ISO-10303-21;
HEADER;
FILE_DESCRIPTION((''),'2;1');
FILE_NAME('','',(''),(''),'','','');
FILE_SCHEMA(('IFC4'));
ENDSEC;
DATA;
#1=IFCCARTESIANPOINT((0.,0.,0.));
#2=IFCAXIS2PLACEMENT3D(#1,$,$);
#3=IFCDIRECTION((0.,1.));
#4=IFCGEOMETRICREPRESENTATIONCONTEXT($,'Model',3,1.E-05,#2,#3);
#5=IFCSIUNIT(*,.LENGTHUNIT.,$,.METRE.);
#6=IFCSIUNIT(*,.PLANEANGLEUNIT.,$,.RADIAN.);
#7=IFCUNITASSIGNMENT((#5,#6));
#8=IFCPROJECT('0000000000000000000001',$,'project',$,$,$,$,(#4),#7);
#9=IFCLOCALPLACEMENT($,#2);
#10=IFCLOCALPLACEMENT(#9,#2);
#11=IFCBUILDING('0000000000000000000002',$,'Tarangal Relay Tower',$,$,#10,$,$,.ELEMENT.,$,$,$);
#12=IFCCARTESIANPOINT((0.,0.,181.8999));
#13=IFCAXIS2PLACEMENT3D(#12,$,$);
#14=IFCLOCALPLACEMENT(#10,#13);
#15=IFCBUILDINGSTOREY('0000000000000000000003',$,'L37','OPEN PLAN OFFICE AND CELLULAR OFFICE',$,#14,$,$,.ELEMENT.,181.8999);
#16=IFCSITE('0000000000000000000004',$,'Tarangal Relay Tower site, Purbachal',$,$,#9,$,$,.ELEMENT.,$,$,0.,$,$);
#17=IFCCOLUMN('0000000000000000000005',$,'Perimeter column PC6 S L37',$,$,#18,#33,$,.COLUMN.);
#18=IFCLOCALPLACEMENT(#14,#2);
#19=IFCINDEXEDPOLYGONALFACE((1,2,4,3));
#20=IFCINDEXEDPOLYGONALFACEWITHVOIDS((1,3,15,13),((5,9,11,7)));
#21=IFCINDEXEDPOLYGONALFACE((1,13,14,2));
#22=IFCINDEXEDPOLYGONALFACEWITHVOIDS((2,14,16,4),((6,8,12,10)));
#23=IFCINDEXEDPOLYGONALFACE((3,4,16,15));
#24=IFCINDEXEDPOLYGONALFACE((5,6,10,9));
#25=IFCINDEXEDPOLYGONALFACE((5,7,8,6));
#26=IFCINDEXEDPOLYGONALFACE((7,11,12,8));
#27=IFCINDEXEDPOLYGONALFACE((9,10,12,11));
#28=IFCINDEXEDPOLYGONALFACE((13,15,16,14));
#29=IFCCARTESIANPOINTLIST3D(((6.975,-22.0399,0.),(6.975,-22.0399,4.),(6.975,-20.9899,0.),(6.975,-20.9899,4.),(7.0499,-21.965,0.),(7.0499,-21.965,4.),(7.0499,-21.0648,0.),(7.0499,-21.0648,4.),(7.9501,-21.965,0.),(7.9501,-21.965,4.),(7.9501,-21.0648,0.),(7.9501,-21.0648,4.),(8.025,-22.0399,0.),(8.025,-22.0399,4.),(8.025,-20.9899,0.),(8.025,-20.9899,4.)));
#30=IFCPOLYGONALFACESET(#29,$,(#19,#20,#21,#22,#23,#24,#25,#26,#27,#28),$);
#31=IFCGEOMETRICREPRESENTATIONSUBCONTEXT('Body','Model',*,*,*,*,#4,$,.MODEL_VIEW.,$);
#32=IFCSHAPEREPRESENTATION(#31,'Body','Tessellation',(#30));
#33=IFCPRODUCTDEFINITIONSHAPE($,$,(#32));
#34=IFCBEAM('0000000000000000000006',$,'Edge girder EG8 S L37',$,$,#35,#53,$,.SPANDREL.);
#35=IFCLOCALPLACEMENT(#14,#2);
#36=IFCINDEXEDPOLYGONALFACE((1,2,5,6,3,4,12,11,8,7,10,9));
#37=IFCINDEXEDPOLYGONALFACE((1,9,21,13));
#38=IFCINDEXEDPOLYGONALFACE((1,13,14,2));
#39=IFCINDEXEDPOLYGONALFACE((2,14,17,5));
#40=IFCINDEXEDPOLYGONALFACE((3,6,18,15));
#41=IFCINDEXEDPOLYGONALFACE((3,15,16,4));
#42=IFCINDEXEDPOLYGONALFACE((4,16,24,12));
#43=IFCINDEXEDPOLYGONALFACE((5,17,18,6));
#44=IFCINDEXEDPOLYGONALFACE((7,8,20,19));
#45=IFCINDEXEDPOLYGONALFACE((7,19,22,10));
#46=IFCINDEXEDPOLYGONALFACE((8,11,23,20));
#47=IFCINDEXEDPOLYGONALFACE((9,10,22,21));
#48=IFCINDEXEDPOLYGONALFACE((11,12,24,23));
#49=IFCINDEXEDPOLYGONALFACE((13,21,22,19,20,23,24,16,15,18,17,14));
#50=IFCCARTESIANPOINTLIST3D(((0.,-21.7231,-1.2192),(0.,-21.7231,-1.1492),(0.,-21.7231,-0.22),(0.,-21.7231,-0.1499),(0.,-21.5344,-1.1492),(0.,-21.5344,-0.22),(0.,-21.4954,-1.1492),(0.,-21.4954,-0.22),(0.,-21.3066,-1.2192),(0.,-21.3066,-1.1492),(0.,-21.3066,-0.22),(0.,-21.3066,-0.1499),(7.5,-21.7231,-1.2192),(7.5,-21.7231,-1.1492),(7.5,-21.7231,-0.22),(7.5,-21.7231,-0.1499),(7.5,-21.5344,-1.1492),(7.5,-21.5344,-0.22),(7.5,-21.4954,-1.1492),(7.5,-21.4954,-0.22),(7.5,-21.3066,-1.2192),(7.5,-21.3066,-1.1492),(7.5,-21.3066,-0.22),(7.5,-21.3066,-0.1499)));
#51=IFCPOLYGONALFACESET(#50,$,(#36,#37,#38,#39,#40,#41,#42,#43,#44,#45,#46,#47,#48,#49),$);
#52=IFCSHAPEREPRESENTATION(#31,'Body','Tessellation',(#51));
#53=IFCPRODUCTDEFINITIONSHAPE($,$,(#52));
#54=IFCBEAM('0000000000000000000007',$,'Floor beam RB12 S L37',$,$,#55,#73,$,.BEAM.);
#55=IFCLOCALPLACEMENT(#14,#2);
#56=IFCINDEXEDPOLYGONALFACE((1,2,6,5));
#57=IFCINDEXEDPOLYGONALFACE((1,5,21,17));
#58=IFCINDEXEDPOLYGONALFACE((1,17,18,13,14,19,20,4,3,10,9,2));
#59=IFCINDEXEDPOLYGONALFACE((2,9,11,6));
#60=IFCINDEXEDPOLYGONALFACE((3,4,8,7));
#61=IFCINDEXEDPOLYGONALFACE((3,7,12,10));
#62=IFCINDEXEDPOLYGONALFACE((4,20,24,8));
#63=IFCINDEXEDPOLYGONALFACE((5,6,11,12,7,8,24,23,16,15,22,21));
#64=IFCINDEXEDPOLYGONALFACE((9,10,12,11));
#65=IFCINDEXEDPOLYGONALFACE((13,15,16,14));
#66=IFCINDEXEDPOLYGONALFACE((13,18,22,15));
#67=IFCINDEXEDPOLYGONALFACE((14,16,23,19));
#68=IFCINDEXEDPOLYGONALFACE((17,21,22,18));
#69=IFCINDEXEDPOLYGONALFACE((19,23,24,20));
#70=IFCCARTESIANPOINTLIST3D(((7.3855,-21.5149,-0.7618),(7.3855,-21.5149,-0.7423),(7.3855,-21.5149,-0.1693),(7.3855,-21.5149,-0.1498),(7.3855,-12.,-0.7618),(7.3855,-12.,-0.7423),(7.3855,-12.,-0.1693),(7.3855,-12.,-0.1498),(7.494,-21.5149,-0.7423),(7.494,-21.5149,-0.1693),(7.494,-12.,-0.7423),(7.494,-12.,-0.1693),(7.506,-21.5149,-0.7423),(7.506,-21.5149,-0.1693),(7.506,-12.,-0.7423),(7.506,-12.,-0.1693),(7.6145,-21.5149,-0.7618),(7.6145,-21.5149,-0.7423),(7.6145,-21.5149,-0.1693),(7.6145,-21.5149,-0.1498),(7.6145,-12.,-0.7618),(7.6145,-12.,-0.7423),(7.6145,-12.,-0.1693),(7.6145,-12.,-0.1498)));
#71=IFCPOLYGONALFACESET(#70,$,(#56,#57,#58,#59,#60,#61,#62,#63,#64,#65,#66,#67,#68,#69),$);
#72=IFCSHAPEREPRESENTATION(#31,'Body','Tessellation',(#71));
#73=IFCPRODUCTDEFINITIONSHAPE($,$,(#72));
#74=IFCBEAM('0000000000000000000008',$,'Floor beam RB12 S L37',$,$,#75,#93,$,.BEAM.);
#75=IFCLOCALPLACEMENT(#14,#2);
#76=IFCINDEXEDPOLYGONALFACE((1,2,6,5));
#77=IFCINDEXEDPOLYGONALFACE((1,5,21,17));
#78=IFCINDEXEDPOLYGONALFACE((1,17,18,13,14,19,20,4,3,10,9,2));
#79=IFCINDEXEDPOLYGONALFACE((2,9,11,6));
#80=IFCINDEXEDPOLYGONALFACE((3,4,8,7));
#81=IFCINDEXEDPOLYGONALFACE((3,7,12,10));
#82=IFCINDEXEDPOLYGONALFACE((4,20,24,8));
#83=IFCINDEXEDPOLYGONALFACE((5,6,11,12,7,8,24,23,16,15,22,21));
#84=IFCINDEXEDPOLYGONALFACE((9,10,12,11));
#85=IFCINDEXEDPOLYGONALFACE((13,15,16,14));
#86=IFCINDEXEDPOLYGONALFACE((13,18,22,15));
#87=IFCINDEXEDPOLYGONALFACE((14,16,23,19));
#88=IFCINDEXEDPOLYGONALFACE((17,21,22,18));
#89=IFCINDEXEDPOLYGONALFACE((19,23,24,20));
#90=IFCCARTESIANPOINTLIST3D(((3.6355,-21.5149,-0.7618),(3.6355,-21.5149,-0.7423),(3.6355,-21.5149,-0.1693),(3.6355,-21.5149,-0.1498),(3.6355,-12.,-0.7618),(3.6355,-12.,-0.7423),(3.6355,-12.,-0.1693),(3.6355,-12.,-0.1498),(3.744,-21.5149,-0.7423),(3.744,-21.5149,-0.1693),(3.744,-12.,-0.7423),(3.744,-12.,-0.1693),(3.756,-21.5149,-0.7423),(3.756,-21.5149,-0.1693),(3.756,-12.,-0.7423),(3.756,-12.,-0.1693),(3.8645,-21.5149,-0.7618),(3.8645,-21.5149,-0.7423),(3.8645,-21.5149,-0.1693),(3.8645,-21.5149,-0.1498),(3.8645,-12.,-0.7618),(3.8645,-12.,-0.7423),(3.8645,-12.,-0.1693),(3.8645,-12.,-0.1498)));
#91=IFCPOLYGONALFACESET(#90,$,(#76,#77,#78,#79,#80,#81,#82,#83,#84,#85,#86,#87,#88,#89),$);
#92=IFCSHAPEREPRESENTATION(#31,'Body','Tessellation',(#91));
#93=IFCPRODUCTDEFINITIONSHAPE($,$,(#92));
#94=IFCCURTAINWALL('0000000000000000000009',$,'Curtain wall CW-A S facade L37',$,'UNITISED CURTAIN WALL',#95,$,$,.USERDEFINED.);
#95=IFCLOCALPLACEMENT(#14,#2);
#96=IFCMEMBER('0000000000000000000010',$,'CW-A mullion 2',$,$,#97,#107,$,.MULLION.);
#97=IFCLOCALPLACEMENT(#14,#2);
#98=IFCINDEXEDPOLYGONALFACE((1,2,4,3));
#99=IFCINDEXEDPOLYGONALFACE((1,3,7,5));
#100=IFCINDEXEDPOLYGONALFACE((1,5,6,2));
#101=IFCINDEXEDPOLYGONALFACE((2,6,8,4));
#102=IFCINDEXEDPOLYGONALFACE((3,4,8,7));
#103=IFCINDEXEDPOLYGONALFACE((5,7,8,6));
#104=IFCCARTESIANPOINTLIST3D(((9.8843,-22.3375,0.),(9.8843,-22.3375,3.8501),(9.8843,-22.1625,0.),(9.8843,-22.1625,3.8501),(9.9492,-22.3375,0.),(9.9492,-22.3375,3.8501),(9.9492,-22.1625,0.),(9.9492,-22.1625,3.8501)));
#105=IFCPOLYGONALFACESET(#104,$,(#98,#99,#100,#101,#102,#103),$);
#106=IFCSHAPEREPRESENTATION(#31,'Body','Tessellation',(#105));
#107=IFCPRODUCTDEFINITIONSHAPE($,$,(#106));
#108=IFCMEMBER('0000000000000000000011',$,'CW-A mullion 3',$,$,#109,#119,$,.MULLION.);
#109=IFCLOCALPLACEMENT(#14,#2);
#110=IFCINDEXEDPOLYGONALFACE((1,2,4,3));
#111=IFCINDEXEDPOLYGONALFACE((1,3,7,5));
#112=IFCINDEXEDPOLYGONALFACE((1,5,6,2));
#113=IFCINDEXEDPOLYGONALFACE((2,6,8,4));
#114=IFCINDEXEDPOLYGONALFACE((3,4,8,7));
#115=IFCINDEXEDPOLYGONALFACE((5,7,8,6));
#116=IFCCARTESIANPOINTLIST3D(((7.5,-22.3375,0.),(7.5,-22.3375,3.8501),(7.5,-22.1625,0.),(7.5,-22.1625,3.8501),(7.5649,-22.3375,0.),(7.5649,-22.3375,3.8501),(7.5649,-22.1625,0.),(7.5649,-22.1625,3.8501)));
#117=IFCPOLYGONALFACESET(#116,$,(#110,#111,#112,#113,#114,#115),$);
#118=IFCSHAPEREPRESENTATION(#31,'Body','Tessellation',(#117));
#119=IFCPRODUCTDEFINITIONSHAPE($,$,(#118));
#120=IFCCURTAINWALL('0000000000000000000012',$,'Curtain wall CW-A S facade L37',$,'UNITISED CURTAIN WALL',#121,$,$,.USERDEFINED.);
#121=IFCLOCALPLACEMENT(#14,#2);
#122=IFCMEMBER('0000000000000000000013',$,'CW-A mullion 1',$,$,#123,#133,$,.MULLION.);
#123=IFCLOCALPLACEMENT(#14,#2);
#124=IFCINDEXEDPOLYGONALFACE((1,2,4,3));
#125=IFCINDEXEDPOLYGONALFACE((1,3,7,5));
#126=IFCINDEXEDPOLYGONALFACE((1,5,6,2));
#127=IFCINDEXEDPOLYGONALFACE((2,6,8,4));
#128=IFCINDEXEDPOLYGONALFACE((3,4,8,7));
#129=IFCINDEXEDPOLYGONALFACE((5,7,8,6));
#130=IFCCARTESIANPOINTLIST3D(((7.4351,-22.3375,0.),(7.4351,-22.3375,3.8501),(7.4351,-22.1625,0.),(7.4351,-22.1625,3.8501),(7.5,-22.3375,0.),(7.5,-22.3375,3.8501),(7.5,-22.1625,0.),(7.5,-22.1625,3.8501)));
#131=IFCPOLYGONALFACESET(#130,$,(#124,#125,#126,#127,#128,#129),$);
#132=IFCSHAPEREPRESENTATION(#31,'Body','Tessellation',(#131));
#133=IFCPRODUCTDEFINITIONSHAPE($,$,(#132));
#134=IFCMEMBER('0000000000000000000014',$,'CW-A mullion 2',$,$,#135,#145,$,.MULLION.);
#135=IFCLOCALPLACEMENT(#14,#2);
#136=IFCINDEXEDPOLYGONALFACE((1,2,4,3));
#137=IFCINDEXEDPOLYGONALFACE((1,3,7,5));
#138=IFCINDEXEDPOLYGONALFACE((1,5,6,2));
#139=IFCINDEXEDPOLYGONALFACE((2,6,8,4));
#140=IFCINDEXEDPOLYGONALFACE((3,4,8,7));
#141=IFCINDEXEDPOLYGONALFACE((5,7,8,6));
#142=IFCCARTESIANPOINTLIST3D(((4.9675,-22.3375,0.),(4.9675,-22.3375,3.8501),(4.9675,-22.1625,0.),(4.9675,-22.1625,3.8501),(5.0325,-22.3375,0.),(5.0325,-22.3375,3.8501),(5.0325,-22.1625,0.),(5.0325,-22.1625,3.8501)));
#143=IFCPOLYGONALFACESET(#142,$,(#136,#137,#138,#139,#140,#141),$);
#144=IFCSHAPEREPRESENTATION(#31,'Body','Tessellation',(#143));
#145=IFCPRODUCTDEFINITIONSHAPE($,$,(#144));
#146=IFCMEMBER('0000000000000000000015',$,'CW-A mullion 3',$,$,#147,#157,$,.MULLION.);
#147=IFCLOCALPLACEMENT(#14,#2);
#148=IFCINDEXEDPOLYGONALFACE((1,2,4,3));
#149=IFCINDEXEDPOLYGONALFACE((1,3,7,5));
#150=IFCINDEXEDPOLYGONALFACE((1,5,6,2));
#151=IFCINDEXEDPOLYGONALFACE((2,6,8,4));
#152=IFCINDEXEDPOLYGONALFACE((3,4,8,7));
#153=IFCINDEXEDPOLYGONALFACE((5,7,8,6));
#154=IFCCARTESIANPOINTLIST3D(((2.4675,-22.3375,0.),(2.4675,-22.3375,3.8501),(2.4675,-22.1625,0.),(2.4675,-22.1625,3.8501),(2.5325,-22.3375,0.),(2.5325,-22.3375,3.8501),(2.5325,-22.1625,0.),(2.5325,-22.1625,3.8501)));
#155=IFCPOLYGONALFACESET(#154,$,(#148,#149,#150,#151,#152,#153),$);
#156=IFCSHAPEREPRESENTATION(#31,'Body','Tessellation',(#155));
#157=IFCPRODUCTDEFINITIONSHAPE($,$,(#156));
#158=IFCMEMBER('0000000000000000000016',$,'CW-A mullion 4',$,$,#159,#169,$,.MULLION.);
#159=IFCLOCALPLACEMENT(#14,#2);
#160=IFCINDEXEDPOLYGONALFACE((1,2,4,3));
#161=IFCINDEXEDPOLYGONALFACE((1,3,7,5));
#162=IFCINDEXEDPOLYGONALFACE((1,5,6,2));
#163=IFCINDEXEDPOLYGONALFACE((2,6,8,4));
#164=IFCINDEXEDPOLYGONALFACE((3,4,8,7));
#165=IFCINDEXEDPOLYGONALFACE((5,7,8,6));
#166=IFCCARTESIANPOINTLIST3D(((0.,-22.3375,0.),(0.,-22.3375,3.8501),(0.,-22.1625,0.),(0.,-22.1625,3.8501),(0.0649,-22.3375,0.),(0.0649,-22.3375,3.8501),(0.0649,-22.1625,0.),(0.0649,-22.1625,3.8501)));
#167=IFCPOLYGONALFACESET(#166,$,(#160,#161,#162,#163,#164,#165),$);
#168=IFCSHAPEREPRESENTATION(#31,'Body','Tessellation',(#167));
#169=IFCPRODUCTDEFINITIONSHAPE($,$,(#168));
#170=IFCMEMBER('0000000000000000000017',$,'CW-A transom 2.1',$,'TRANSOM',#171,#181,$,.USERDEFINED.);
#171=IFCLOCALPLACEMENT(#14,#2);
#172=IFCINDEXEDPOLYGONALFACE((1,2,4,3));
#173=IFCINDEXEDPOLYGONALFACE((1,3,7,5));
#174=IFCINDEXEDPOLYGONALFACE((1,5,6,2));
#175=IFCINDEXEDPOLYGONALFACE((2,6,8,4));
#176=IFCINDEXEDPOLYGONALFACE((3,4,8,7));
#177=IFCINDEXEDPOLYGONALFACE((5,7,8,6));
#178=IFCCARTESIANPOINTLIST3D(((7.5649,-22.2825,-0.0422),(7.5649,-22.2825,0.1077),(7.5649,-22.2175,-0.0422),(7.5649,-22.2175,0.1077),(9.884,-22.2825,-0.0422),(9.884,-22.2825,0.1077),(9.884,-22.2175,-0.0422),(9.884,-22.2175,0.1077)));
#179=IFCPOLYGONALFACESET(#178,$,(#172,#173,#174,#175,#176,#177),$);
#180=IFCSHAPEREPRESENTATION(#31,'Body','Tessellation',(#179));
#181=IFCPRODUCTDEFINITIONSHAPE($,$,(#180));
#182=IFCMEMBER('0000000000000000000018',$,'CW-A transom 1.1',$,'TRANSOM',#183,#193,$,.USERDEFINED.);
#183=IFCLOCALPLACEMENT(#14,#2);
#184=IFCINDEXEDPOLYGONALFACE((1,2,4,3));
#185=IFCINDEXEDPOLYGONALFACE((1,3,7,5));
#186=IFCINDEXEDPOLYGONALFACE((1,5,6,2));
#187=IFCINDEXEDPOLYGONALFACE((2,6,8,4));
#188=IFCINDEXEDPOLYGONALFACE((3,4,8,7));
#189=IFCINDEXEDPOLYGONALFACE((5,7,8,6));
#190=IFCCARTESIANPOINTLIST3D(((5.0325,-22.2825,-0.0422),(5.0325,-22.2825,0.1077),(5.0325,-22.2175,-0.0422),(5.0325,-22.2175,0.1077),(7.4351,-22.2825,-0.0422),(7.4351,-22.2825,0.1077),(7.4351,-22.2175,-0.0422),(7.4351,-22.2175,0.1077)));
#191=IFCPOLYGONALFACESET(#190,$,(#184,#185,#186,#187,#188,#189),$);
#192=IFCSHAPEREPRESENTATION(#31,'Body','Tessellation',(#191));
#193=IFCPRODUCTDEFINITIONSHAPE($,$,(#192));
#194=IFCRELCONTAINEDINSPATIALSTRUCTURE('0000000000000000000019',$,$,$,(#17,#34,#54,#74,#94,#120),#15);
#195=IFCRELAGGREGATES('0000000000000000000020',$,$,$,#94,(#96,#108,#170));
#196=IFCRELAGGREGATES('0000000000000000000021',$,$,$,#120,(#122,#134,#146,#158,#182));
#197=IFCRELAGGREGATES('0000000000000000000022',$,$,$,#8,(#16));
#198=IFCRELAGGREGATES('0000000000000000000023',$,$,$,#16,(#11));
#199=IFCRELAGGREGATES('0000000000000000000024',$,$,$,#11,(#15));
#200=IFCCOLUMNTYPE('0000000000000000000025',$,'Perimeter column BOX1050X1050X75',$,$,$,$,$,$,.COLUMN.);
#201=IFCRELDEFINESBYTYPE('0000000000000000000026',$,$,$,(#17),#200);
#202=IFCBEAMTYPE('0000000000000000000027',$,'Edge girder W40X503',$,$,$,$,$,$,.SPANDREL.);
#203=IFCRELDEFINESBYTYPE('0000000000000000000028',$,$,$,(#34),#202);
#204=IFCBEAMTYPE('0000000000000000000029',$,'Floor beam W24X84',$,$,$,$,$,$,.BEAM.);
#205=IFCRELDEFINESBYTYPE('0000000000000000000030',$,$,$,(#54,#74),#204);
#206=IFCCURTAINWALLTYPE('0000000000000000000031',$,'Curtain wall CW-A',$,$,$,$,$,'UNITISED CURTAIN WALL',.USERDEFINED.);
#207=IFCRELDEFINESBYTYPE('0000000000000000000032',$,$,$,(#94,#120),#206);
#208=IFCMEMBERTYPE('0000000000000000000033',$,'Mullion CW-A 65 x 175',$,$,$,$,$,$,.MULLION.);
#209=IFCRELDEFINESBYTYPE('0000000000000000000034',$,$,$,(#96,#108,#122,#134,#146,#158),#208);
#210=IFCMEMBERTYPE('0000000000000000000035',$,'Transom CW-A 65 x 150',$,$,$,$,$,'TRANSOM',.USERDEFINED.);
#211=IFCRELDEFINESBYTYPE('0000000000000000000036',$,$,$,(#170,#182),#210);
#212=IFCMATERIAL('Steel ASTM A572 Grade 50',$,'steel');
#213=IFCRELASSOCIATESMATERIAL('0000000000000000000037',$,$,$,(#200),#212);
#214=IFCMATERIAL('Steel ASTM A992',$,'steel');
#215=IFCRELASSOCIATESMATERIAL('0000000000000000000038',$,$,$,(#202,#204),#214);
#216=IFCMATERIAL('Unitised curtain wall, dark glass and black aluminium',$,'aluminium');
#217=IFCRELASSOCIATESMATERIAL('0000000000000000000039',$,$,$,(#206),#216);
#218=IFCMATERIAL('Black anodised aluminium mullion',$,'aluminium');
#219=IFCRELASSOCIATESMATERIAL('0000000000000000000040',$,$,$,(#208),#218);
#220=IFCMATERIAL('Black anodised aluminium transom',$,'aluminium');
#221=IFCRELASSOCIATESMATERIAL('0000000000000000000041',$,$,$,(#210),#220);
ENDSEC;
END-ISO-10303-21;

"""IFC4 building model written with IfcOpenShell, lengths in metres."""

from ifc_helpers import new_model, si_unit, direction, frame, origin, origin_2d, place, context, subcontext, project, spatial, rectangle, hollow_rectangle, i_section, extrude, material, material_profile, profile_set, type_object, element, aggregate, save


model = new_model("IFC4")

# Units and contexts
model_context = context("Model", 3, precision=1e-05, world=origin(), true_north=direction((0.0, 1.0)))
body_context = subcontext(model_context, "Body", "Model", "MODEL_VIEW")
ifc_project = project(units=[si_unit("LENGTHUNIT", "METRE"), si_unit("PLANEANGLEUNIT", "RADIAN")], contexts=[model_context])

# Site, building, storey
site_placement = place(None, origin())
site = spatial("IfcSite", under=ifc_project, at=site_placement, Name="Tarangal Relay Tower site, Purbachal", CompositionType="ELEMENT", RefElevation=0.0)
building_placement = place(site_placement, origin())
building = spatial("IfcBuilding", under=site, at=building_placement, Name="Tarangal Relay Tower", CompositionType="ELEMENT")
storey_placement = place(building_placement, frame((0.0, 0.0, 181.8999)))
storey = spatial("IfcBuildingStorey", under=building, at=storey_placement, Name="L37", Description="OPEN PLAN OFFICE AND CELLULAR OFFICE", CompositionType="ELEMENT", Elevation=181.8999)

# Column
ifc_material_1 = material(Name="Steel ASTM A572 Grade 50", Category="steel")
ifc_material_profile_1 = material_profile(ifc_material_1, hollow_rectangle(XDim=1.05, YDim=1.05, WallThickness=0.075, at=origin_2d()), Name="BOX1050X1050X75")
ifc_profile_set_1 = profile_set([ifc_material_profile_1], Name="Steel ASTM A572 Grade 50")
column_type = type_object("IfcColumnType", Name="Perimeter column BOX1050X1050X75", PredefinedType="COLUMN", material=ifc_profile_set_1)
column_placement = place(storey_placement, frame((7.5, -21.5149, 0.0), z_axis=(0.0, 0.0, 1.0), x_axis=(1.0, 0.0, 0.0)))
element("IfcColumn", 1, at=column_placement, inside=storey, type_object=column_type, Name="Perimeter column PC6 S L37", PredefinedType="COLUMN", context=body_context, shape_type="SweptSolid", body=[
    extrude(hollow_rectangle(XDim=1.05, YDim=1.05, WallThickness=0.075, at=origin_2d()), origin(), (0.0, 0.0, 1.0), 4.0),
])

# Beams
ifc_material_2 = material(Name="Steel ASTM A992", Category="steel")
ifc_material_profile_2 = material_profile(ifc_material_2, i_section(OverallWidth=0.4165, OverallDepth=1.0693, WebThickness=0.0391, FlangeThickness=0.0701, at=origin_2d()), Name="W40X503")
ifc_profile_set_2 = profile_set([ifc_material_profile_2], Name="Steel ASTM A992")
beam_type_1 = type_object("IfcBeamType", Name="Edge girder W40X503", PredefinedType="SPANDREL", material=ifc_profile_set_2)
beam_placement = place(storey_placement, frame((7.5, -21.5149, -0.6846), z_axis=(-1.0, 0.0, 0.0), x_axis=(0.0, -1.0, 0.0)))
element("IfcBeam", 2, at=beam_placement, inside=storey, type_object=beam_type_1, Name="Edge girder EG8 S L37", PredefinedType="SPANDREL", context=body_context, shape_type="SweptSolid", body=[
    extrude(i_section(OverallWidth=0.4165, OverallDepth=1.0693, WebThickness=0.0391, FlangeThickness=0.0701, at=origin_2d()), origin(), (0.0, 0.0, 1.0), 7.5),
])
ifc_material_profile_3 = material_profile(ifc_material_2, i_section(OverallWidth=0.229, OverallDepth=0.6121, WebThickness=0.012, FlangeThickness=0.0195, at=origin_2d()), Name="W24X84")
ifc_profile_set_3 = profile_set([ifc_material_profile_3], Name="Steel ASTM A992")
beam_type_2 = type_object("IfcBeamType", Name="Floor beam W24X84", PredefinedType="BEAM", material=ifc_profile_set_3)
for number, where, z_axis, x_axis, name in (
    (3, (7.5, -12.0, -0.4558), (0.0, -1.0, 0.0), (1.0, 0.0, 0.0), "Floor beam RB12 S L37"),
    (4, (3.75, -12.0, -0.4558), (0.0, -1.0, 0.0), (1.0, 0.0, 0.0), "Floor beam RB12 S L37"),
):
    element("IfcBeam", number, at=place(storey_placement, frame(where, z_axis=z_axis, x_axis=x_axis)), inside=storey, type_object=beam_type_2, Name=name, PredefinedType="BEAM", context=body_context, shape_type="SweptSolid", body=[
        extrude(i_section(OverallWidth=0.229, OverallDepth=0.6121, WebThickness=0.012, FlangeThickness=0.0195, at=origin_2d()), origin(), (0.0, 0.0, 1.0), 9.5149),
    ])

# Curtain walls, members
ifc_material_3 = material(Name="Unitised curtain wall, dark glass and black aluminium", Category="aluminium")
curtain_wall_type = type_object("IfcCurtainWallType", Name="Curtain wall CW-A", ElementType="UNITISED CURTAIN WALL", PredefinedType="USERDEFINED", material=ifc_material_3)
curtain_wall_1_placement = place(storey_placement, origin())
curtain_wall_1 = element("IfcCurtainWall", 5, at=curtain_wall_1_placement, inside=storey, type_object=curtain_wall_type, Name="Curtain wall CW-A S facade L37", ObjectType="UNITISED CURTAIN WALL", PredefinedType="USERDEFINED")
ifc_material_4 = material(Name="Black anodised aluminium mullion", Category="aluminium")
ifc_material_profile_4 = material_profile(ifc_material_4, rectangle(XDim=0.175, YDim=0.0649, at=origin_2d()), Name="CW-AM 65X175")
ifc_profile_set_4 = profile_set([ifc_material_profile_4], Name="Black anodised aluminium mullion")
member_type_1 = type_object("IfcMemberType", Name="Mullion CW-A 65 x 175", PredefinedType="MULLION", material=ifc_profile_set_4)
member_1_placement = place(storey_placement, frame((9.9167, -22.25, 0.0), z_axis=(0.0, 0.0, 1.0), x_axis=(0.0, -1.0, 0.0)))
member_1 = element("IfcMember", 6, at=member_1_placement, type_object=member_type_1, Name="CW-A mullion 2", PredefinedType="MULLION", context=body_context, shape_type="SweptSolid", body=[
    extrude(rectangle(XDim=0.175, YDim=0.0649, at=origin_2d()), origin(), (0.0, 0.0, 1.0), 3.8501),
])
member_2_placement = place(storey_placement, frame((7.5325, -22.25, 0.0), z_axis=(0.0, 0.0, 1.0), x_axis=(0.0, -1.0, 0.0)))
member_2 = element("IfcMember", 7, at=member_2_placement, type_object=member_type_1, Name="CW-A mullion 3", PredefinedType="MULLION", context=body_context, shape_type="SweptSolid", body=[
    extrude(rectangle(XDim=0.175, YDim=0.0649, at=origin_2d()), origin(), (0.0, 0.0, 1.0), 3.8501),
])
curtain_wall_2_placement = place(storey_placement, origin())
curtain_wall_2 = element("IfcCurtainWall", 8, at=curtain_wall_2_placement, inside=storey, type_object=curtain_wall_type, Name="Curtain wall CW-A S facade L37", ObjectType="UNITISED CURTAIN WALL", PredefinedType="USERDEFINED")
member_3_placement = place(storey_placement, frame((7.4675, -22.25, 0.0), z_axis=(0.0, 0.0, 1.0), x_axis=(0.0, -1.0, 0.0)))
member_3 = element("IfcMember", 9, at=member_3_placement, type_object=member_type_1, Name="CW-A mullion 1", PredefinedType="MULLION", context=body_context, shape_type="SweptSolid", body=[
    extrude(rectangle(XDim=0.175, YDim=0.0649, at=origin_2d()), origin(), (0.0, 0.0, 1.0), 3.8501),
])
member_4_placement = place(storey_placement, frame((5.0, -22.25, 0.0), z_axis=(0.0, 0.0, 1.0), x_axis=(0.0, -1.0, 0.0)))
member_4 = element("IfcMember", 10, at=member_4_placement, type_object=member_type_1, Name="CW-A mullion 2", PredefinedType="MULLION", context=body_context, shape_type="SweptSolid", body=[
    extrude(rectangle(XDim=0.175, YDim=0.0649, at=origin_2d()), origin(), (0.0, 0.0, 1.0), 3.8501),
])
member_5_placement = place(storey_placement, frame((2.5, -22.25, 0.0), z_axis=(0.0, 0.0, 1.0), x_axis=(0.0, -1.0, 0.0)))
member_5 = element("IfcMember", 11, at=member_5_placement, type_object=member_type_1, Name="CW-A mullion 3", PredefinedType="MULLION", context=body_context, shape_type="SweptSolid", body=[
    extrude(rectangle(XDim=0.175, YDim=0.0649, at=origin_2d()), origin(), (0.0, 0.0, 1.0), 3.8501),
])
member_6_placement = place(storey_placement, frame((0.0325, -22.25, 0.0), z_axis=(0.0, 0.0, 1.0), x_axis=(0.0, -1.0, 0.0)))
member_6 = element("IfcMember", 12, at=member_6_placement, type_object=member_type_1, Name="CW-A mullion 4", PredefinedType="MULLION", context=body_context, shape_type="SweptSolid", body=[
    extrude(rectangle(XDim=0.175, YDim=0.0649, at=origin_2d()), origin(), (0.0, 0.0, 1.0), 3.8501),
])

# Members
ifc_material_5 = material(Name="Black anodised aluminium transom", Category="aluminium")
ifc_material_profile_5 = material_profile(ifc_material_5, rectangle(XDim=0.0649, YDim=0.1499, at=origin_2d()), Name="CW-AT 65X150")
ifc_profile_set_5 = profile_set([ifc_material_profile_5], Name="Black anodised aluminium transom")
member_type_2 = type_object("IfcMemberType", Name="Transom CW-A 65 x 150", ElementType="TRANSOM", PredefinedType="USERDEFINED", material=ifc_profile_set_5)
member_7_placement = place(storey_placement, frame((9.884, -22.25, 0.0327), z_axis=(-1.0, 0.0, 0.0), x_axis=(0.0, -1.0, 0.0)))
member_7 = element("IfcMember", 13, at=member_7_placement, type_object=member_type_2, Name="CW-A transom 2.1", ObjectType="TRANSOM", PredefinedType="USERDEFINED", context=body_context, shape_type="SweptSolid", body=[
    extrude(rectangle(XDim=0.0649, YDim=0.1499, at=origin_2d()), origin(), (0.0, 0.0, 1.0), 2.3191),
])
member_8_placement = place(storey_placement, frame((7.4351, -22.25, 0.0327), z_axis=(-1.0, 0.0, 0.0), x_axis=(0.0, -1.0, 0.0)))
member_8 = element("IfcMember", 14, at=member_8_placement, type_object=member_type_2, Name="CW-A transom 1.1", ObjectType="TRANSOM", PredefinedType="USERDEFINED", context=body_context, shape_type="SweptSolid", body=[
    extrude(rectangle(XDim=0.0649, YDim=0.1499, at=origin_2d()), origin(), (0.0, 0.0, 1.0), 2.4026),
])

aggregate(curtain_wall_1, [member_1, member_2, member_7])
aggregate(curtain_wall_2, [member_3, member_4, member_5, member_6, member_8])

save(model, "model.ifc")
